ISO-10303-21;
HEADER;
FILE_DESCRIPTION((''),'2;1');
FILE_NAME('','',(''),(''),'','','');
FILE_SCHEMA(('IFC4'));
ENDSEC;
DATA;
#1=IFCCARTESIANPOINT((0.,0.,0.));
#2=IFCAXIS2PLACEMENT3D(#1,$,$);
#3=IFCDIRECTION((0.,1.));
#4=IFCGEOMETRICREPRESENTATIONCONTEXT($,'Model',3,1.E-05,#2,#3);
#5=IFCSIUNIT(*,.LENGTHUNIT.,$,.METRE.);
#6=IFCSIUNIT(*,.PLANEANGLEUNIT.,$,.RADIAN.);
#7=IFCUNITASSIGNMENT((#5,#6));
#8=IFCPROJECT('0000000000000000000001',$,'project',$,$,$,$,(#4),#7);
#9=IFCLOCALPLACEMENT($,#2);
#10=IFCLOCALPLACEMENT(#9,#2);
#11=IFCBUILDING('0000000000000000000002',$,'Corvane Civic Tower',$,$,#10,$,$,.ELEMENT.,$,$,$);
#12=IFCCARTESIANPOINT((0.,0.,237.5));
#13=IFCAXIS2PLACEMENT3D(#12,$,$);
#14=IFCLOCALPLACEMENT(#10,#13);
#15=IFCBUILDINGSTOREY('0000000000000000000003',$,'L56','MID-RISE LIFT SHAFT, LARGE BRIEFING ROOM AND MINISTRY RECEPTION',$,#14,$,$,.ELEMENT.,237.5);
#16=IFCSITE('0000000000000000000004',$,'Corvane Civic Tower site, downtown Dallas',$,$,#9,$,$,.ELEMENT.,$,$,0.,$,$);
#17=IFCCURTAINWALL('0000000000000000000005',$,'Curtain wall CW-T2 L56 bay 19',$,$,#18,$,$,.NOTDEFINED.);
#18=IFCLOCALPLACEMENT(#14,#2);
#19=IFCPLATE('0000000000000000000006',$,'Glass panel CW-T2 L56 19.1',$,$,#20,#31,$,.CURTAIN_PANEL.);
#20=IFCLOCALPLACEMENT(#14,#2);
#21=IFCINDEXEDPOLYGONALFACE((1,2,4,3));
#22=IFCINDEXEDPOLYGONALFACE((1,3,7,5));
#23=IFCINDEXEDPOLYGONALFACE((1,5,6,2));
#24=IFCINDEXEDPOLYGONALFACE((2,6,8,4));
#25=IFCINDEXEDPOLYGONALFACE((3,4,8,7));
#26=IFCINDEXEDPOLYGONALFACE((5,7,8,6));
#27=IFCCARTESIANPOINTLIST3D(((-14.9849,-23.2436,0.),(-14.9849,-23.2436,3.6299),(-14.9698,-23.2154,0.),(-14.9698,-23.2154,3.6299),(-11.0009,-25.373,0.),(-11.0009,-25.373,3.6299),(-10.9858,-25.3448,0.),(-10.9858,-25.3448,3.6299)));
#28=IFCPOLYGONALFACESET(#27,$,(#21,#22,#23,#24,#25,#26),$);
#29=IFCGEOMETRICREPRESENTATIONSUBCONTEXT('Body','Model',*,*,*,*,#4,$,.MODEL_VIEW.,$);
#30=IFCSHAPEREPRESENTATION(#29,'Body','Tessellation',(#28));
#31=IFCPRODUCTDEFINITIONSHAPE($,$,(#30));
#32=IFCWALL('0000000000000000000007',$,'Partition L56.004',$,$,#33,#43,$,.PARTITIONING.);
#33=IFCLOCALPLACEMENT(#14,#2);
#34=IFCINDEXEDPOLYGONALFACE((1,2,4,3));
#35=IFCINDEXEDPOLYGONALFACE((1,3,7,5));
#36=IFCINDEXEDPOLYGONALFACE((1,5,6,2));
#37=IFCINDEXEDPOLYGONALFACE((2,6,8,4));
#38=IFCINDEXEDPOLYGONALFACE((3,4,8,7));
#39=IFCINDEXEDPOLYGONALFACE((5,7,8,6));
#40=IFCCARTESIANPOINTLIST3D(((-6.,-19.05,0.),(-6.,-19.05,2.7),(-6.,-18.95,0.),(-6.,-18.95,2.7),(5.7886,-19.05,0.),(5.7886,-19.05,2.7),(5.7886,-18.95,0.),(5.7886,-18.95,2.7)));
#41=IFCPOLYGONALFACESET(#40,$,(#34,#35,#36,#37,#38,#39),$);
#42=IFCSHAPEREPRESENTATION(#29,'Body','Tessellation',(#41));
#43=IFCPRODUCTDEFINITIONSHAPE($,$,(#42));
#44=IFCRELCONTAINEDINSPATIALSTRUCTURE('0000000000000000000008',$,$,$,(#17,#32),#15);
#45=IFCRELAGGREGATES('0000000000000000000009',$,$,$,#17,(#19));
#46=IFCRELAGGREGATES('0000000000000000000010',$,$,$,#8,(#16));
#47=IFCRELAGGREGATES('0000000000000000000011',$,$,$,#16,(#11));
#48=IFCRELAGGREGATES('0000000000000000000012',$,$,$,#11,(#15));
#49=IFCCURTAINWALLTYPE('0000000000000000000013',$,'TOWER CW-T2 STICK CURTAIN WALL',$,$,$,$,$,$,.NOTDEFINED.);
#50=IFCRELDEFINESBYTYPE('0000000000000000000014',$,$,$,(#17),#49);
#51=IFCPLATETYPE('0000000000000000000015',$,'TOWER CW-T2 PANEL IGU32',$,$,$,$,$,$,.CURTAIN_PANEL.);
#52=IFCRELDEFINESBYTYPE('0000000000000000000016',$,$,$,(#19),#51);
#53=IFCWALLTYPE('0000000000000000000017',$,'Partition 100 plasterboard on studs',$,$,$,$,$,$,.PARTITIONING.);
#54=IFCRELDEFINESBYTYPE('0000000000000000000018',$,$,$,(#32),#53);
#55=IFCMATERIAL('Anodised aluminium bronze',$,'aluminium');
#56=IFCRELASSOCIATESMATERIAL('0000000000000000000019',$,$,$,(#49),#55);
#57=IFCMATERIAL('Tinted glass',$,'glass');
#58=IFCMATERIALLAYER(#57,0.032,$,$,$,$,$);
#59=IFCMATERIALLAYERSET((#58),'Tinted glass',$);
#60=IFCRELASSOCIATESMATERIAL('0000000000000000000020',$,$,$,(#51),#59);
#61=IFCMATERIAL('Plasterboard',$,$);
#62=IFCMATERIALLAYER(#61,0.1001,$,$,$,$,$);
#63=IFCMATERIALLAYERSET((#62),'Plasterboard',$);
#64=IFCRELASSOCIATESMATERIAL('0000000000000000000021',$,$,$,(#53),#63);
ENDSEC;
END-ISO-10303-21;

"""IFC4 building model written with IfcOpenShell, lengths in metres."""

from ifc_helpers import new_model, si_unit, direction, frame, frame_2d, origin, origin_2d, place, context, subcontext, project, spatial, rectangle, extrude, material, layer, layer_set, type_object, element, aggregate, save


model = new_model("IFC4")

# Units and contexts
model_context = context("Model", 3, precision=1e-05, world=origin(), true_north=direction((0.0, 1.0)))
body_context = subcontext(model_context, "Body", "Model", "MODEL_VIEW")
ifc_project = project(units=[si_unit("LENGTHUNIT", "METRE"), si_unit("PLANEANGLEUNIT", "RADIAN")], contexts=[model_context])

# Site, building, storey
site_placement = place(None, origin())
site = spatial("IfcSite", under=ifc_project, at=site_placement, Name="Corvane Civic Tower site, downtown Dallas", CompositionType="ELEMENT", RefElevation=0.0)
building_placement = place(site_placement, origin())
building = spatial("IfcBuilding", under=site, at=building_placement, Name="Corvane Civic Tower", CompositionType="ELEMENT")
storey_placement = place(building_placement, frame((0.0, 0.0, 237.5)))
storey = spatial("IfcBuildingStorey", under=building, at=storey_placement, Name="L56", Description="MID-RISE LIFT SHAFT, LARGE BRIEFING ROOM AND MINISTRY RECEPTION", CompositionType="ELEMENT", Elevation=237.5)

# Curtain wall
ifc_material_1 = material(Name="Anodised aluminium bronze", Category="aluminium")
curtain_wall_type = type_object("IfcCurtainWallType", Name="TOWER CW-T2 STICK CURTAIN WALL", PredefinedType="NOTDEFINED", material=ifc_material_1)
curtain_wall_1_placement = place(storey_placement, origin())
curtain_wall_1 = element("IfcCurtainWall", 1, at=curtain_wall_1_placement, inside=storey, type_object=curtain_wall_type, Name="Curtain wall CW-T2 L56 bay 19", PredefinedType="NOTDEFINED")

# Plate
ifc_material_2 = material(Name="Tinted glass", Category="glass")
ifc_layer_1 = layer(ifc_material_2, 0.032)
ifc_layer_set_1 = layer_set([ifc_layer_1], Name="Tinted glass")
plate_type = type_object("IfcPlateType", Name="TOWER CW-T2 PANEL IGU32", PredefinedType="CURTAIN_PANEL", material=ifc_layer_set_1)
plate_1_placement = place(storey_placement, frame((-12.9854, -24.2942, 0.0), z_axis=(0.0, 0.0, 1.0), x_axis=(-0.88192, 0.471398, 0.0)))
plate_1 = element("IfcPlate", 2, at=plate_1_placement, type_object=plate_type, Name="Glass panel CW-T2 L56 19.1", PredefinedType="CURTAIN_PANEL", context=body_context, shape_type="SweptSolid", body=[
    extrude(rectangle(XDim=4.5173, YDim=0.032, at=origin_2d()), origin(), (0.0, 0.0, 1.0), 3.6299),
])
aggregate(curtain_wall_1, [plate_1])

# Wall
ifc_material_3 = material(Name="Plasterboard")
ifc_layer_2 = layer(ifc_material_3, 0.1001)
ifc_layer_set_2 = layer_set([ifc_layer_2], Name="Plasterboard")
wall_type = type_object("IfcWallType", Name="Partition 100 plasterboard on studs", PredefinedType="PARTITIONING", material=ifc_layer_set_2)
wall_placement = place(storey_placement, frame((-6.0, -19.0, 0.0), z_axis=(0.0, 0.0, 1.0), x_axis=(1.0, 0.0, 0.0)))
element("IfcWall", 3, at=wall_placement, inside=storey, type_object=wall_type, Name="Partition L56.004", PredefinedType="PARTITIONING", context=body_context, shape_type="SweptSolid", body=[
    extrude(rectangle(XDim=11.7886, YDim=0.1001, at=frame_2d((5.8943, 0.0))), origin(), (0.0, 0.0, 1.0), 2.7),
])

save(model, "model.ifc")
